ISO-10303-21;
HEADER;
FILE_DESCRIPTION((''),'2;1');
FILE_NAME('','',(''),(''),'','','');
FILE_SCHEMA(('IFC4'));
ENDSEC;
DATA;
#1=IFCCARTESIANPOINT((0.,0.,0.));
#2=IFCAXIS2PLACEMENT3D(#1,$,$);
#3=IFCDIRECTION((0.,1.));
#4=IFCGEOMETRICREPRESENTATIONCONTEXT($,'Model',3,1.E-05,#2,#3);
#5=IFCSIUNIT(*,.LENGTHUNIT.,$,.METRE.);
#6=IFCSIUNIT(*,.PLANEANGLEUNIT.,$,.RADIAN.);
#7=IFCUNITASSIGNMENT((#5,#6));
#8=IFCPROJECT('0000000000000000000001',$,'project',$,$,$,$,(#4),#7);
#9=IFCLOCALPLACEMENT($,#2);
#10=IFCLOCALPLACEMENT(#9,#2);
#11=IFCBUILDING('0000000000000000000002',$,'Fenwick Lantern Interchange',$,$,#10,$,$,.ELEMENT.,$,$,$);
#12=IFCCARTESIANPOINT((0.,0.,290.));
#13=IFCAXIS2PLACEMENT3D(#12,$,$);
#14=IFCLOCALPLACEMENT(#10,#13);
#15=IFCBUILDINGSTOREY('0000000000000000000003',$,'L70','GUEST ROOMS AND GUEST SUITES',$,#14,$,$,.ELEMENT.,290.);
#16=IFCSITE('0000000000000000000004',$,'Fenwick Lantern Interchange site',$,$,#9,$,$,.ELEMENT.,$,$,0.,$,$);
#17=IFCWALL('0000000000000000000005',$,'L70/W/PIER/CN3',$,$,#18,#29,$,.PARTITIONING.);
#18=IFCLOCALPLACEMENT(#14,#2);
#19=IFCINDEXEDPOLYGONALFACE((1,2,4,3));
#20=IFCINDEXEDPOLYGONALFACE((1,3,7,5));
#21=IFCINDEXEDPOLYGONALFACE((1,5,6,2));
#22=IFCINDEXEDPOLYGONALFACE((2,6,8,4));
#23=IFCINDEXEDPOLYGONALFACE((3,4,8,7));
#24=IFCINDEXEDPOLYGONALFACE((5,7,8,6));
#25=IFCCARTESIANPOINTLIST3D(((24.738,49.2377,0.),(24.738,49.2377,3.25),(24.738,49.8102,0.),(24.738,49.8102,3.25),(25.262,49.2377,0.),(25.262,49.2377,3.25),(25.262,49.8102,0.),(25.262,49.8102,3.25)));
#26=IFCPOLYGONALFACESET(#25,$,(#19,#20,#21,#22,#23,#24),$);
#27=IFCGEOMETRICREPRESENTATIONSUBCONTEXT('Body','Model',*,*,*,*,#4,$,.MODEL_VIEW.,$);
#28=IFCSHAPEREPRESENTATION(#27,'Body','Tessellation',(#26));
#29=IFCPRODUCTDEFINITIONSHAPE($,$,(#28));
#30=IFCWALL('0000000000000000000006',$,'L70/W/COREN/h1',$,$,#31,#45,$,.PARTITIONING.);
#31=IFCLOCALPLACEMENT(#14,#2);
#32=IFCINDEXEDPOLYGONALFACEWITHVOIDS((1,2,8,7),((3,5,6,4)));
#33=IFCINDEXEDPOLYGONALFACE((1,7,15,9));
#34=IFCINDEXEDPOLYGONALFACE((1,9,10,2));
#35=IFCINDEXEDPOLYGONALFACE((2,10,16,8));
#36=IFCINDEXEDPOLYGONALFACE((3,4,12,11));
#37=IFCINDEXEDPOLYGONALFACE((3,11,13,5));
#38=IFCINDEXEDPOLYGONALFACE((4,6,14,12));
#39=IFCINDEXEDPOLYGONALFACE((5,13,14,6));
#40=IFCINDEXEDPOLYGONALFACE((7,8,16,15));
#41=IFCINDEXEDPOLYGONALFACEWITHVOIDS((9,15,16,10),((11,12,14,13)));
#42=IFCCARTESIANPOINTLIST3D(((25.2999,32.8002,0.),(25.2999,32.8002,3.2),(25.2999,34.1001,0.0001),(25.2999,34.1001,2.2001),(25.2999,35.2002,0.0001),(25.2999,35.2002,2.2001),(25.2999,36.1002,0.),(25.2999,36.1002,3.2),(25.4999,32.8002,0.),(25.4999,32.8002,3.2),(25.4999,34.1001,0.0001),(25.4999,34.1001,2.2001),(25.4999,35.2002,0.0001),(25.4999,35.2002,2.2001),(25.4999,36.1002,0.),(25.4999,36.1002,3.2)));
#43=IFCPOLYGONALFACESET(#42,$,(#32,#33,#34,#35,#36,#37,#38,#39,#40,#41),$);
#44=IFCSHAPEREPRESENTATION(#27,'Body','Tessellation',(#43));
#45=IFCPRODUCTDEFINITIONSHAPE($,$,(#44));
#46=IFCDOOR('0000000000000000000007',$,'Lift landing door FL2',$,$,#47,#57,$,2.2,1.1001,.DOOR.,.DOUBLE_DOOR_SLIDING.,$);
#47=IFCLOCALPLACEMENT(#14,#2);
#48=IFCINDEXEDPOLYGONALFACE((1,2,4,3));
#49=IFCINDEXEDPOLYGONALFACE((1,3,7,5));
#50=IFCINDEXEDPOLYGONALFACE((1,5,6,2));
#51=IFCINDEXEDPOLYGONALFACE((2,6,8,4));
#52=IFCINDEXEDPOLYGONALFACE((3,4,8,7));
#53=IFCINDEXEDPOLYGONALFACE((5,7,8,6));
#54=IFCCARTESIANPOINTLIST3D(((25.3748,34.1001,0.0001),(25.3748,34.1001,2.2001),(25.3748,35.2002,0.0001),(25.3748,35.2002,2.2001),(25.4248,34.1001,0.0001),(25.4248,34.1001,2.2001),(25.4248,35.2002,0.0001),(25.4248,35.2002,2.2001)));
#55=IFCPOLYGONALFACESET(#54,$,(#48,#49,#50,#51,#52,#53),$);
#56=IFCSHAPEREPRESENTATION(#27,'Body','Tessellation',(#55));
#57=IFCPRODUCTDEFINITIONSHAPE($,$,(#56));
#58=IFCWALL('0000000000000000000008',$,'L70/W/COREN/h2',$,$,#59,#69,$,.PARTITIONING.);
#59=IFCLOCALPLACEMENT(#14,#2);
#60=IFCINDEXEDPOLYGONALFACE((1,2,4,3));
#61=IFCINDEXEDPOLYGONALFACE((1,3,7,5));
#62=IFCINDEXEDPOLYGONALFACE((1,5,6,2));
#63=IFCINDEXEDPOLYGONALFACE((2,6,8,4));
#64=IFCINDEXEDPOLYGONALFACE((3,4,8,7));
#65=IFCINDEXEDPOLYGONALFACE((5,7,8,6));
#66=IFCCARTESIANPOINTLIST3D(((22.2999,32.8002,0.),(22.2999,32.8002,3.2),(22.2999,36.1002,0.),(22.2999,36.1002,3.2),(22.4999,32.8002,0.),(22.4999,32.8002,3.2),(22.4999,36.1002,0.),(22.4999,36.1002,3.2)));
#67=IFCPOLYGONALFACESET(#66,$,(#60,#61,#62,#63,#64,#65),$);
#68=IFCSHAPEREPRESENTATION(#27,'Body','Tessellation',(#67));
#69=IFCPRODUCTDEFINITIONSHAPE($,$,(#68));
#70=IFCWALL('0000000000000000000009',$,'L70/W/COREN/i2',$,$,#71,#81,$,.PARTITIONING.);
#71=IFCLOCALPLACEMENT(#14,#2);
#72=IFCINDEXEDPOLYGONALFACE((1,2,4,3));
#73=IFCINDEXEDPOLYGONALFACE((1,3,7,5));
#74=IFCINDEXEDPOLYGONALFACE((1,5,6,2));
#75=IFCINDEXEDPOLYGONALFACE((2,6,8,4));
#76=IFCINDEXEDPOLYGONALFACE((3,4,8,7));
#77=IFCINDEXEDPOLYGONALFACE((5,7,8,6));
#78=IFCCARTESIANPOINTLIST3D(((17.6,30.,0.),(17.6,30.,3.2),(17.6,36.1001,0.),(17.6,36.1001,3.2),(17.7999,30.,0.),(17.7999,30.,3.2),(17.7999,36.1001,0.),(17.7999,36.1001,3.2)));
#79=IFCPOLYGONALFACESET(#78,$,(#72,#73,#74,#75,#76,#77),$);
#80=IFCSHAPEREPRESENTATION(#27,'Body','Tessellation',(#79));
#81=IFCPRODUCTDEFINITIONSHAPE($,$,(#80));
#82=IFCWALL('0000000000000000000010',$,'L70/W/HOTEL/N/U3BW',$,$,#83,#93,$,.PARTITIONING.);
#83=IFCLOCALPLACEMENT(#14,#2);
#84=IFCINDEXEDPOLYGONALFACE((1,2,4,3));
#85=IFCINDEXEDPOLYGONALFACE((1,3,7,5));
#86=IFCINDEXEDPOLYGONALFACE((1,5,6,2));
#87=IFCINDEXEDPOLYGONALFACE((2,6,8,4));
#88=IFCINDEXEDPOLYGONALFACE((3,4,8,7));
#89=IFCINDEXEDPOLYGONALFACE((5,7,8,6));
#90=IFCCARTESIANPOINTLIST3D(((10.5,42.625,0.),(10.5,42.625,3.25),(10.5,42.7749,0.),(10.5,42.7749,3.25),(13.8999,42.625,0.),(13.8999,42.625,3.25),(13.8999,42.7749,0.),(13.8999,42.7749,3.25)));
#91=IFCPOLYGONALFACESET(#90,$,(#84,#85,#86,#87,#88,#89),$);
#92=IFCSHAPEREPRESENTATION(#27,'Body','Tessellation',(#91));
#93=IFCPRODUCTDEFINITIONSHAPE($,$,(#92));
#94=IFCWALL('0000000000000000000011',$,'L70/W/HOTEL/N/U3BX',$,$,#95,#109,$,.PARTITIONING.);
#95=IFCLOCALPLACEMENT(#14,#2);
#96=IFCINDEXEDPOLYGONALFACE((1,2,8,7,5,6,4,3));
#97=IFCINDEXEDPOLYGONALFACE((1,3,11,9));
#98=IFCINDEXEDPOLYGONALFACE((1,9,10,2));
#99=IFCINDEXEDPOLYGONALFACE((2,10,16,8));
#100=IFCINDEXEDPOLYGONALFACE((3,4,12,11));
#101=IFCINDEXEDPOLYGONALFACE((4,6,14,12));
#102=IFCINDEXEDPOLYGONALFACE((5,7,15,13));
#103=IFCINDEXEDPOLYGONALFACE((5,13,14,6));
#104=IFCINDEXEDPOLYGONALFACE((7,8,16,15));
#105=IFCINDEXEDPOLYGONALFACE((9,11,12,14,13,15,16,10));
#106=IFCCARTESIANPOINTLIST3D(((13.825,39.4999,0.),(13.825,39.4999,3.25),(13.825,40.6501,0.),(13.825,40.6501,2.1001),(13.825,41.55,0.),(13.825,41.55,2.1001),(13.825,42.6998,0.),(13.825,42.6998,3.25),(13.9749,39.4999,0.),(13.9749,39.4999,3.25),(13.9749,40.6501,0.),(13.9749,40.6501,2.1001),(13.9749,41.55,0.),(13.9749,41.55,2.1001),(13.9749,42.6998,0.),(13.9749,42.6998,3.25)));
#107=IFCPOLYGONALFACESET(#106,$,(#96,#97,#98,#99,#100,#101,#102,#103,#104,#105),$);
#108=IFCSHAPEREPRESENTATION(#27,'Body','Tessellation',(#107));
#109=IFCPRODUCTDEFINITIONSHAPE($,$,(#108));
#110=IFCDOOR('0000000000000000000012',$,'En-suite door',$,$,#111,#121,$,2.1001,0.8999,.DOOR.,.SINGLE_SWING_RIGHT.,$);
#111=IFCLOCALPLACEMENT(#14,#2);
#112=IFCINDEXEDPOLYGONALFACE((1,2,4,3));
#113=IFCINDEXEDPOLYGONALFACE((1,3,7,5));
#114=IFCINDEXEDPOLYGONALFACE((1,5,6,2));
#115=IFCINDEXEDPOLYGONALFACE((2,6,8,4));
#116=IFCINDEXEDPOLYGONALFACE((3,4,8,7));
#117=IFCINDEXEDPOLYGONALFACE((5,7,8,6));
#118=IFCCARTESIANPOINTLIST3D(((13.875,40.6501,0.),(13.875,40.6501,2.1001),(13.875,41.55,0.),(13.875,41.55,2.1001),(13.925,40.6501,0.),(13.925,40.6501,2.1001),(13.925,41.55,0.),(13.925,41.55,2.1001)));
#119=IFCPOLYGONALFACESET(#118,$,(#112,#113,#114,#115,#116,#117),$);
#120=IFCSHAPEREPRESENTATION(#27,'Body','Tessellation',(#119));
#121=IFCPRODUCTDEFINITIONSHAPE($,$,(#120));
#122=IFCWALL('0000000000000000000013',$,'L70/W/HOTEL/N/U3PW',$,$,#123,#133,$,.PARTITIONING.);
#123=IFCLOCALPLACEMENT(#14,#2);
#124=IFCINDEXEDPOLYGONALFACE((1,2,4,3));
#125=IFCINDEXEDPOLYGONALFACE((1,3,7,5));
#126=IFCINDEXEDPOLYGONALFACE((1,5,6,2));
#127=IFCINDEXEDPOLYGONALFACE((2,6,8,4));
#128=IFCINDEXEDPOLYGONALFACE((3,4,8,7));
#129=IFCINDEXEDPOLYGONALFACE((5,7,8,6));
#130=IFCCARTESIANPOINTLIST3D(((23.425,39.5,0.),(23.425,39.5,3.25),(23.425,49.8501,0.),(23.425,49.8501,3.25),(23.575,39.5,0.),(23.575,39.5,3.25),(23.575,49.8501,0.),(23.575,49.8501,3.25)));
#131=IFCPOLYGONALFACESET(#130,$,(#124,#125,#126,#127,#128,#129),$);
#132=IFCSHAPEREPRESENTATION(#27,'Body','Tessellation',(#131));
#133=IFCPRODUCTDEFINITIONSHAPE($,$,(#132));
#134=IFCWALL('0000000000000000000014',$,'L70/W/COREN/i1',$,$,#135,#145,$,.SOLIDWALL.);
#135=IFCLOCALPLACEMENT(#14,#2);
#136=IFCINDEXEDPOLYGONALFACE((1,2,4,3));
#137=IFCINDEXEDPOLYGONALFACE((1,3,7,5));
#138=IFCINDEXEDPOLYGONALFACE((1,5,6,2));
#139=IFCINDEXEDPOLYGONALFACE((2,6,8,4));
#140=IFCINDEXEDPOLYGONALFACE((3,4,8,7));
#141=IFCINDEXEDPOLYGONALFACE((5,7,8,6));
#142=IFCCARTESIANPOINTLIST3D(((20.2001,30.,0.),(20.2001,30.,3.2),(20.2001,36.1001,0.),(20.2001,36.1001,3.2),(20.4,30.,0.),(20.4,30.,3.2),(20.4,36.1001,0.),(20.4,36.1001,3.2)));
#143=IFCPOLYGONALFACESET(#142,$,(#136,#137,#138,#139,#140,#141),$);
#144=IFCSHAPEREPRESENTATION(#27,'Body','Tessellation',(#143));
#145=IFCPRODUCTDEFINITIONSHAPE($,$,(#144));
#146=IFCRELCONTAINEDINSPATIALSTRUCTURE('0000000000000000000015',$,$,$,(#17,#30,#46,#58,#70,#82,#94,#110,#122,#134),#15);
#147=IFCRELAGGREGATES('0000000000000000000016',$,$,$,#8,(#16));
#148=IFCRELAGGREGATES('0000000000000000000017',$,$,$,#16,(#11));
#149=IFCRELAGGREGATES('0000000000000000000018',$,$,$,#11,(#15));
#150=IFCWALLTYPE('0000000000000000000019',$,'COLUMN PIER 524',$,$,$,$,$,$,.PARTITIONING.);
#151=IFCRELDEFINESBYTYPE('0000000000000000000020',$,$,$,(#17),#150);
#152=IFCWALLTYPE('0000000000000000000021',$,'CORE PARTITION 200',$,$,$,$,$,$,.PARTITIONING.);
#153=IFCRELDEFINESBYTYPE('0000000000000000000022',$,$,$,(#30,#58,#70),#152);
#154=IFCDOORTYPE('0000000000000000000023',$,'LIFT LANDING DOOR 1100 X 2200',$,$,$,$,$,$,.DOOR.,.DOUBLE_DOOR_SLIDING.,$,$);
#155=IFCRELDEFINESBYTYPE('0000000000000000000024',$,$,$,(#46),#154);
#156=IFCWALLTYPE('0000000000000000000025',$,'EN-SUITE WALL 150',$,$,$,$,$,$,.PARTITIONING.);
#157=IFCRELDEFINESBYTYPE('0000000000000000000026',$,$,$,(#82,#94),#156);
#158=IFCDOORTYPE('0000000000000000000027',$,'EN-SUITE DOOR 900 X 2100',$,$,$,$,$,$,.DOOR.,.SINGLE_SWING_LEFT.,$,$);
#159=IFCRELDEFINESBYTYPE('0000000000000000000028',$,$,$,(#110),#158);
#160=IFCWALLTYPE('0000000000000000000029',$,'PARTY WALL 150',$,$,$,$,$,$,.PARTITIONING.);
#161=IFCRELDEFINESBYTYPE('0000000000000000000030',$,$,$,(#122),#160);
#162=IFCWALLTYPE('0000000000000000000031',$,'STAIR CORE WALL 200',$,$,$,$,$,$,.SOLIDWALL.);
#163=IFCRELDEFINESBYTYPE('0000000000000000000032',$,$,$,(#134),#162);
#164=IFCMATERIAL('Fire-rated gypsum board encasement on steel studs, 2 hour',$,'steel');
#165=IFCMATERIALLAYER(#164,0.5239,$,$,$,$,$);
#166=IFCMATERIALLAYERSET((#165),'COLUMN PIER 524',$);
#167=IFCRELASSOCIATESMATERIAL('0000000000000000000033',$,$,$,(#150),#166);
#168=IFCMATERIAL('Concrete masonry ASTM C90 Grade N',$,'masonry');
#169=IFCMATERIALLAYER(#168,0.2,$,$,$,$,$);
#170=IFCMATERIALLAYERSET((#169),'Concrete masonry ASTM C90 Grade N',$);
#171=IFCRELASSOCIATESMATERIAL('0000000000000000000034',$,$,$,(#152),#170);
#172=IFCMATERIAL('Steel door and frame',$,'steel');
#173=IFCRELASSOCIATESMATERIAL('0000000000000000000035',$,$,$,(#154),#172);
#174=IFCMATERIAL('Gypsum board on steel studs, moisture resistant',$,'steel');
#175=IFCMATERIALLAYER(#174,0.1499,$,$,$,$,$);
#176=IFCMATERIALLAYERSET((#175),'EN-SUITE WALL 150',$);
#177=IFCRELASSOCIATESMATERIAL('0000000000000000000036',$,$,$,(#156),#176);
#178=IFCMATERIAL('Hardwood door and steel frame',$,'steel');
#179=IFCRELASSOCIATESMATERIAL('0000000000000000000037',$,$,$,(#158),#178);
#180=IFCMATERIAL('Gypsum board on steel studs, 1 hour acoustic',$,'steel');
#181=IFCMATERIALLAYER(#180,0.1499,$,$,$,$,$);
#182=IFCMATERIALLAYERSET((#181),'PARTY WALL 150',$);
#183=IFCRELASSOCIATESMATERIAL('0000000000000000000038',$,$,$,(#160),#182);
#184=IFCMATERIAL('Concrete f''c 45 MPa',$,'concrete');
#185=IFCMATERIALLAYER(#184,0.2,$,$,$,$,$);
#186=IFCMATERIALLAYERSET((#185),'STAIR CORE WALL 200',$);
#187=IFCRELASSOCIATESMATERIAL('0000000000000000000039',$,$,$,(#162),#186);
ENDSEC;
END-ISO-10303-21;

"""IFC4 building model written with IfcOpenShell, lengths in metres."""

from ifc_helpers import new_model, si_unit, direction, frame, frame_2d, origin, place, context, subcontext, project, spatial, rectangle, extrude, material, layer, layer_set, type_object, element, fill, save


model = new_model("IFC4")

# Units and contexts
model_context = context("Model", 3, precision=1e-05, world=origin(), true_north=direction((0.0, 1.0)))
body_context = subcontext(model_context, "Body", "Model", "MODEL_VIEW")
ifc_project = project(units=[si_unit("LENGTHUNIT", "METRE"), si_unit("PLANEANGLEUNIT", "RADIAN")], contexts=[model_context])

# Site, building, storey
site_placement = place(None, origin())
site = spatial("IfcSite", under=ifc_project, at=site_placement, Name="Fenwick Lantern Interchange site", CompositionType="ELEMENT", RefElevation=0.0)
building_placement = place(site_placement, origin())
building = spatial("IfcBuilding", under=site, at=building_placement, Name="Fenwick Lantern Interchange", CompositionType="ELEMENT")
storey_placement = place(building_placement, frame((0.0, 0.0, 290.0)))
storey = spatial("IfcBuildingStorey", under=building, at=storey_placement, Name="L70", Description="GUEST ROOMS AND GUEST SUITES", CompositionType="ELEMENT", Elevation=290.0)

# Wall
ifc_material_1 = material(Name="Fire-rated gypsum board encasement on steel studs, 2 hour", Category="steel")
ifc_layer_1 = layer(ifc_material_1, 0.5239)
ifc_layer_set_1 = layer_set([ifc_layer_1], Name="COLUMN PIER 524")
wall_type_1 = type_object("IfcWallType", Name="COLUMN PIER 524", PredefinedType="PARTITIONING", material=ifc_layer_set_1)
wall_1_placement = place(storey_placement, frame((25.0, 49.8101, 0.0), z_axis=(0.0, 0.0, 1.0), x_axis=(0.0, -1.0, 0.0)))
element("IfcWall", 1, at=wall_1_placement, inside=storey, type_object=wall_type_1, Name="L70/W/PIER/CN3", PredefinedType="PARTITIONING", context=body_context, shape_type="SweptSolid", body=[
    extrude(rectangle(XDim=0.5725, YDim=0.5239, at=frame_2d((0.2861, 0.0))), origin(), (0.0, 0.0, 1.0), 3.25),
])

# Wall, opening, door
ifc_material_2 = material(Name="Concrete masonry ASTM C90 Grade N", Category="masonry")
ifc_layer_2 = layer(ifc_material_2, 0.2)
ifc_layer_set_2 = layer_set([ifc_layer_2], Name="Concrete masonry ASTM C90 Grade N")
wall_type_2 = type_object("IfcWallType", Name="CORE PARTITION 200", PredefinedType="PARTITIONING", material=ifc_layer_set_2)
wall_2_placement = place(storey_placement, frame((25.3999, 36.1001, 0.0), z_axis=(0.0, 0.0, 1.0), x_axis=(0.0, -1.0, 0.0)))
wall_2 = element("IfcWall", 2, at=wall_2_placement, inside=storey, type_object=wall_type_2, Name="L70/W/COREN/h1", PredefinedType="PARTITIONING", context=body_context, shape_type="SweptSolid", body=[
    extrude(rectangle(XDim=3.3, YDim=0.2, at=frame_2d((1.6499, 0.0))), origin(), (0.0, 0.0, 1.0), 3.2),
])
opening_1_placement = place(wall_2_placement, frame((0.8999, 0.0, 0.0)))
opening_1 = element("IfcOpeningElement", 3, at=opening_1_placement, cuts=wall_2, PredefinedType="OPENING", context=body_context, shape_type="SweptSolid", body=[
    extrude(rectangle(XDim=1.1001, YDim=2.2, at=frame_2d((0.55, 1.1001))), frame((0.0, 0.1099, 0.0), z_axis=(0.0, -1.0, 0.0), x_axis=(1.0, 0.0, 0.0)), (0.0, 0.0, 1.0), 0.22),
])
ifc_material_3 = material(Name="Steel door and frame", Category="steel")
door_type_1 = type_object("IfcDoorType", Name="LIFT LANDING DOOR 1100 X 2200", OperationType="DOUBLE_DOOR_SLIDING", PredefinedType="DOOR", material=ifc_material_3)
door_1_placement = place(opening_1_placement, origin())
door_1 = element("IfcDoor", 4, at=door_1_placement, inside=storey, type_object=door_type_1, Name="Lift landing door FL2", OperationType="DOUBLE_DOOR_SLIDING", OverallHeight=2.2, OverallWidth=1.1001, PredefinedType="DOOR", context=body_context, shape_type="SweptSolid", body=[
    extrude(rectangle(XDim=1.1001, YDim=2.2, at=frame_2d((0.55, 1.1001))), frame((0.0, 0.0249, 0.0), z_axis=(0.0, -1.0, 0.0), x_axis=(1.0, 0.0, 0.0)), (0.0, 0.0, 1.0), 0.05),
])
fill(opening_1, door_1)

# Walls
wall_3_placement = place(storey_placement, frame((22.3999, 36.1001, 0.0), z_axis=(0.0, 0.0, 1.0), x_axis=(0.0, -1.0, 0.0)))
element("IfcWall", 5, at=wall_3_placement, inside=storey, type_object=wall_type_2, Name="L70/W/COREN/h2", PredefinedType="PARTITIONING", context=body_context, shape_type="SweptSolid", body=[
    extrude(rectangle(XDim=3.3, YDim=0.2, at=frame_2d((1.6499, 0.0))), origin(), (0.0, 0.0, 1.0), 3.2),
])
wall_4_placement = place(storey_placement, frame((17.7, 36.1001, 0.0), z_axis=(0.0, 0.0, 1.0), x_axis=(0.0, -1.0, 0.0)))
element("IfcWall", 6, at=wall_4_placement, inside=storey, type_object=wall_type_2, Name="L70/W/COREN/i2", PredefinedType="PARTITIONING", context=body_context, shape_type="SweptSolid", body=[
    extrude(rectangle(XDim=6.1001, YDim=0.2, at=frame_2d((3.05, 0.0))), origin(), (0.0, 0.0, 1.0), 3.2),
])

# Shared definitions
ifc_material_4 = material(Name="Hardwood door and steel frame", Category="steel")

# Wall
ifc_material_5 = material(Name="Gypsum board on steel studs, moisture resistant", Category="steel")
ifc_layer_3 = layer(ifc_material_5, 0.1499)
ifc_layer_set_3 = layer_set([ifc_layer_3], Name="EN-SUITE WALL 150")
wall_type_3 = type_object("IfcWallType", Name="EN-SUITE WALL 150", PredefinedType="PARTITIONING", material=ifc_layer_set_3)
wall_5_placement = place(storey_placement, frame((13.8999, 42.7, 0.0), z_axis=(0.0, 0.0, 1.0), x_axis=(-1.0, 0.0, 0.0)))
element("IfcWall", 7, at=wall_5_placement, inside=storey, type_object=wall_type_3, Name="L70/W/HOTEL/N/U3BW", PredefinedType="PARTITIONING", context=body_context, shape_type="SweptSolid", body=[
    extrude(rectangle(XDim=3.3999, YDim=0.1499, at=frame_2d((1.7, 0.0))), origin(), (0.0, 0.0, 1.0), 3.25),
])

# Wall, opening, door
wall_6_placement = place(storey_placement, frame((13.8999, 42.7, 0.0), z_axis=(0.0, 0.0, 1.0), x_axis=(0.0, -1.0, 0.0)))
wall_6 = element("IfcWall", 8, at=wall_6_placement, inside=storey, type_object=wall_type_3, Name="L70/W/HOTEL/N/U3BX", PredefinedType="PARTITIONING", context=body_context, shape_type="SweptSolid", body=[
    extrude(rectangle(XDim=3.2, YDim=0.1499, at=frame_2d((1.6001, 0.0))), origin(), (0.0, 0.0, 1.0), 3.25),
])
opening_2_placement = place(wall_6_placement, frame((1.1499, 0.0, 0.0)))
opening_2 = element("IfcOpeningElement", 9, at=opening_2_placement, cuts=wall_6, PredefinedType="OPENING", context=body_context, shape_type="SweptSolid", body=[
    extrude(rectangle(XDim=0.8999, YDim=2.1001, at=frame_2d((0.45, 1.05))), frame((0.0, 0.085, 0.0), z_axis=(0.0, -1.0, 0.0), x_axis=(1.0, 0.0, 0.0)), (0.0, 0.0, 1.0), 0.1699),
])
door_type_2 = type_object("IfcDoorType", Name="EN-SUITE DOOR 900 X 2100", OperationType="SINGLE_SWING_LEFT", PredefinedType="DOOR", material=ifc_material_4)
door_2_placement = place(opening_2_placement, frame((0.8999, 0.0, 0.0), z_axis=(0.0, 0.0, 1.0), x_axis=(-1.0, 0.0, 0.0)))
door_2 = element("IfcDoor", 10, at=door_2_placement, inside=storey, type_object=door_type_2, Name="En-suite door", OperationType="SINGLE_SWING_RIGHT", OverallHeight=2.1001, OverallWidth=0.8999, PredefinedType="DOOR", context=body_context, shape_type="SweptSolid", body=[
    extrude(rectangle(XDim=0.8999, YDim=2.1001, at=frame_2d((0.45, 1.05))), frame((0.0, 0.0249, 0.0), z_axis=(0.0, -1.0, 0.0), x_axis=(1.0, 0.0, 0.0)), (0.0, 0.0, 1.0), 0.05),
])
fill(opening_2, door_2)

# Walls
ifc_material_6 = material(Name="Gypsum board on steel studs, 1 hour acoustic", Category="steel")
ifc_layer_4 = layer(ifc_material_6, 0.1499)
ifc_layer_set_4 = layer_set([ifc_layer_4], Name="PARTY WALL 150")
wall_type_4 = type_object("IfcWallType", Name="PARTY WALL 150", PredefinedType="PARTITIONING", material=ifc_layer_set_4)
wall_7_placement = place(storey_placement, frame((23.5, 49.8501, 0.0), z_axis=(0.0, 0.0, 1.0), x_axis=(0.0, -1.0, 0.0)))
element("IfcWall", 11, at=wall_7_placement, inside=storey, type_object=wall_type_4, Name="L70/W/HOTEL/N/U3PW", PredefinedType="PARTITIONING", context=body_context, shape_type="SweptSolid", body=[
    extrude(rectangle(XDim=10.3501, YDim=0.1499, at=frame_2d((5.175, 0.0))), origin(), (0.0, 0.0, 1.0), 3.25),
])
ifc_material_7 = material(Name="Concrete f'c 45 MPa", Category="concrete")
ifc_layer_5 = layer(ifc_material_7, 0.2)
ifc_layer_set_5 = layer_set([ifc_layer_5], Name="STAIR CORE WALL 200")
wall_type_5 = type_object("IfcWallType", Name="STAIR CORE WALL 200", PredefinedType="SOLIDWALL", material=ifc_layer_set_5)
wall_8_placement = place(storey_placement, frame((20.3, 36.1001, 0.0), z_axis=(0.0, 0.0, 1.0), x_axis=(0.0, -1.0, 0.0)))
element("IfcWall", 12, at=wall_8_placement, inside=storey, type_object=wall_type_5, Name="L70/W/COREN/i1", PredefinedType="SOLIDWALL", context=body_context, shape_type="SweptSolid", body=[
    extrude(rectangle(XDim=6.1001, YDim=0.2, at=frame_2d((3.05, 0.0))), origin(), (0.0, 0.0, 1.0), 3.2),
])

save(model, "model.ifc")
